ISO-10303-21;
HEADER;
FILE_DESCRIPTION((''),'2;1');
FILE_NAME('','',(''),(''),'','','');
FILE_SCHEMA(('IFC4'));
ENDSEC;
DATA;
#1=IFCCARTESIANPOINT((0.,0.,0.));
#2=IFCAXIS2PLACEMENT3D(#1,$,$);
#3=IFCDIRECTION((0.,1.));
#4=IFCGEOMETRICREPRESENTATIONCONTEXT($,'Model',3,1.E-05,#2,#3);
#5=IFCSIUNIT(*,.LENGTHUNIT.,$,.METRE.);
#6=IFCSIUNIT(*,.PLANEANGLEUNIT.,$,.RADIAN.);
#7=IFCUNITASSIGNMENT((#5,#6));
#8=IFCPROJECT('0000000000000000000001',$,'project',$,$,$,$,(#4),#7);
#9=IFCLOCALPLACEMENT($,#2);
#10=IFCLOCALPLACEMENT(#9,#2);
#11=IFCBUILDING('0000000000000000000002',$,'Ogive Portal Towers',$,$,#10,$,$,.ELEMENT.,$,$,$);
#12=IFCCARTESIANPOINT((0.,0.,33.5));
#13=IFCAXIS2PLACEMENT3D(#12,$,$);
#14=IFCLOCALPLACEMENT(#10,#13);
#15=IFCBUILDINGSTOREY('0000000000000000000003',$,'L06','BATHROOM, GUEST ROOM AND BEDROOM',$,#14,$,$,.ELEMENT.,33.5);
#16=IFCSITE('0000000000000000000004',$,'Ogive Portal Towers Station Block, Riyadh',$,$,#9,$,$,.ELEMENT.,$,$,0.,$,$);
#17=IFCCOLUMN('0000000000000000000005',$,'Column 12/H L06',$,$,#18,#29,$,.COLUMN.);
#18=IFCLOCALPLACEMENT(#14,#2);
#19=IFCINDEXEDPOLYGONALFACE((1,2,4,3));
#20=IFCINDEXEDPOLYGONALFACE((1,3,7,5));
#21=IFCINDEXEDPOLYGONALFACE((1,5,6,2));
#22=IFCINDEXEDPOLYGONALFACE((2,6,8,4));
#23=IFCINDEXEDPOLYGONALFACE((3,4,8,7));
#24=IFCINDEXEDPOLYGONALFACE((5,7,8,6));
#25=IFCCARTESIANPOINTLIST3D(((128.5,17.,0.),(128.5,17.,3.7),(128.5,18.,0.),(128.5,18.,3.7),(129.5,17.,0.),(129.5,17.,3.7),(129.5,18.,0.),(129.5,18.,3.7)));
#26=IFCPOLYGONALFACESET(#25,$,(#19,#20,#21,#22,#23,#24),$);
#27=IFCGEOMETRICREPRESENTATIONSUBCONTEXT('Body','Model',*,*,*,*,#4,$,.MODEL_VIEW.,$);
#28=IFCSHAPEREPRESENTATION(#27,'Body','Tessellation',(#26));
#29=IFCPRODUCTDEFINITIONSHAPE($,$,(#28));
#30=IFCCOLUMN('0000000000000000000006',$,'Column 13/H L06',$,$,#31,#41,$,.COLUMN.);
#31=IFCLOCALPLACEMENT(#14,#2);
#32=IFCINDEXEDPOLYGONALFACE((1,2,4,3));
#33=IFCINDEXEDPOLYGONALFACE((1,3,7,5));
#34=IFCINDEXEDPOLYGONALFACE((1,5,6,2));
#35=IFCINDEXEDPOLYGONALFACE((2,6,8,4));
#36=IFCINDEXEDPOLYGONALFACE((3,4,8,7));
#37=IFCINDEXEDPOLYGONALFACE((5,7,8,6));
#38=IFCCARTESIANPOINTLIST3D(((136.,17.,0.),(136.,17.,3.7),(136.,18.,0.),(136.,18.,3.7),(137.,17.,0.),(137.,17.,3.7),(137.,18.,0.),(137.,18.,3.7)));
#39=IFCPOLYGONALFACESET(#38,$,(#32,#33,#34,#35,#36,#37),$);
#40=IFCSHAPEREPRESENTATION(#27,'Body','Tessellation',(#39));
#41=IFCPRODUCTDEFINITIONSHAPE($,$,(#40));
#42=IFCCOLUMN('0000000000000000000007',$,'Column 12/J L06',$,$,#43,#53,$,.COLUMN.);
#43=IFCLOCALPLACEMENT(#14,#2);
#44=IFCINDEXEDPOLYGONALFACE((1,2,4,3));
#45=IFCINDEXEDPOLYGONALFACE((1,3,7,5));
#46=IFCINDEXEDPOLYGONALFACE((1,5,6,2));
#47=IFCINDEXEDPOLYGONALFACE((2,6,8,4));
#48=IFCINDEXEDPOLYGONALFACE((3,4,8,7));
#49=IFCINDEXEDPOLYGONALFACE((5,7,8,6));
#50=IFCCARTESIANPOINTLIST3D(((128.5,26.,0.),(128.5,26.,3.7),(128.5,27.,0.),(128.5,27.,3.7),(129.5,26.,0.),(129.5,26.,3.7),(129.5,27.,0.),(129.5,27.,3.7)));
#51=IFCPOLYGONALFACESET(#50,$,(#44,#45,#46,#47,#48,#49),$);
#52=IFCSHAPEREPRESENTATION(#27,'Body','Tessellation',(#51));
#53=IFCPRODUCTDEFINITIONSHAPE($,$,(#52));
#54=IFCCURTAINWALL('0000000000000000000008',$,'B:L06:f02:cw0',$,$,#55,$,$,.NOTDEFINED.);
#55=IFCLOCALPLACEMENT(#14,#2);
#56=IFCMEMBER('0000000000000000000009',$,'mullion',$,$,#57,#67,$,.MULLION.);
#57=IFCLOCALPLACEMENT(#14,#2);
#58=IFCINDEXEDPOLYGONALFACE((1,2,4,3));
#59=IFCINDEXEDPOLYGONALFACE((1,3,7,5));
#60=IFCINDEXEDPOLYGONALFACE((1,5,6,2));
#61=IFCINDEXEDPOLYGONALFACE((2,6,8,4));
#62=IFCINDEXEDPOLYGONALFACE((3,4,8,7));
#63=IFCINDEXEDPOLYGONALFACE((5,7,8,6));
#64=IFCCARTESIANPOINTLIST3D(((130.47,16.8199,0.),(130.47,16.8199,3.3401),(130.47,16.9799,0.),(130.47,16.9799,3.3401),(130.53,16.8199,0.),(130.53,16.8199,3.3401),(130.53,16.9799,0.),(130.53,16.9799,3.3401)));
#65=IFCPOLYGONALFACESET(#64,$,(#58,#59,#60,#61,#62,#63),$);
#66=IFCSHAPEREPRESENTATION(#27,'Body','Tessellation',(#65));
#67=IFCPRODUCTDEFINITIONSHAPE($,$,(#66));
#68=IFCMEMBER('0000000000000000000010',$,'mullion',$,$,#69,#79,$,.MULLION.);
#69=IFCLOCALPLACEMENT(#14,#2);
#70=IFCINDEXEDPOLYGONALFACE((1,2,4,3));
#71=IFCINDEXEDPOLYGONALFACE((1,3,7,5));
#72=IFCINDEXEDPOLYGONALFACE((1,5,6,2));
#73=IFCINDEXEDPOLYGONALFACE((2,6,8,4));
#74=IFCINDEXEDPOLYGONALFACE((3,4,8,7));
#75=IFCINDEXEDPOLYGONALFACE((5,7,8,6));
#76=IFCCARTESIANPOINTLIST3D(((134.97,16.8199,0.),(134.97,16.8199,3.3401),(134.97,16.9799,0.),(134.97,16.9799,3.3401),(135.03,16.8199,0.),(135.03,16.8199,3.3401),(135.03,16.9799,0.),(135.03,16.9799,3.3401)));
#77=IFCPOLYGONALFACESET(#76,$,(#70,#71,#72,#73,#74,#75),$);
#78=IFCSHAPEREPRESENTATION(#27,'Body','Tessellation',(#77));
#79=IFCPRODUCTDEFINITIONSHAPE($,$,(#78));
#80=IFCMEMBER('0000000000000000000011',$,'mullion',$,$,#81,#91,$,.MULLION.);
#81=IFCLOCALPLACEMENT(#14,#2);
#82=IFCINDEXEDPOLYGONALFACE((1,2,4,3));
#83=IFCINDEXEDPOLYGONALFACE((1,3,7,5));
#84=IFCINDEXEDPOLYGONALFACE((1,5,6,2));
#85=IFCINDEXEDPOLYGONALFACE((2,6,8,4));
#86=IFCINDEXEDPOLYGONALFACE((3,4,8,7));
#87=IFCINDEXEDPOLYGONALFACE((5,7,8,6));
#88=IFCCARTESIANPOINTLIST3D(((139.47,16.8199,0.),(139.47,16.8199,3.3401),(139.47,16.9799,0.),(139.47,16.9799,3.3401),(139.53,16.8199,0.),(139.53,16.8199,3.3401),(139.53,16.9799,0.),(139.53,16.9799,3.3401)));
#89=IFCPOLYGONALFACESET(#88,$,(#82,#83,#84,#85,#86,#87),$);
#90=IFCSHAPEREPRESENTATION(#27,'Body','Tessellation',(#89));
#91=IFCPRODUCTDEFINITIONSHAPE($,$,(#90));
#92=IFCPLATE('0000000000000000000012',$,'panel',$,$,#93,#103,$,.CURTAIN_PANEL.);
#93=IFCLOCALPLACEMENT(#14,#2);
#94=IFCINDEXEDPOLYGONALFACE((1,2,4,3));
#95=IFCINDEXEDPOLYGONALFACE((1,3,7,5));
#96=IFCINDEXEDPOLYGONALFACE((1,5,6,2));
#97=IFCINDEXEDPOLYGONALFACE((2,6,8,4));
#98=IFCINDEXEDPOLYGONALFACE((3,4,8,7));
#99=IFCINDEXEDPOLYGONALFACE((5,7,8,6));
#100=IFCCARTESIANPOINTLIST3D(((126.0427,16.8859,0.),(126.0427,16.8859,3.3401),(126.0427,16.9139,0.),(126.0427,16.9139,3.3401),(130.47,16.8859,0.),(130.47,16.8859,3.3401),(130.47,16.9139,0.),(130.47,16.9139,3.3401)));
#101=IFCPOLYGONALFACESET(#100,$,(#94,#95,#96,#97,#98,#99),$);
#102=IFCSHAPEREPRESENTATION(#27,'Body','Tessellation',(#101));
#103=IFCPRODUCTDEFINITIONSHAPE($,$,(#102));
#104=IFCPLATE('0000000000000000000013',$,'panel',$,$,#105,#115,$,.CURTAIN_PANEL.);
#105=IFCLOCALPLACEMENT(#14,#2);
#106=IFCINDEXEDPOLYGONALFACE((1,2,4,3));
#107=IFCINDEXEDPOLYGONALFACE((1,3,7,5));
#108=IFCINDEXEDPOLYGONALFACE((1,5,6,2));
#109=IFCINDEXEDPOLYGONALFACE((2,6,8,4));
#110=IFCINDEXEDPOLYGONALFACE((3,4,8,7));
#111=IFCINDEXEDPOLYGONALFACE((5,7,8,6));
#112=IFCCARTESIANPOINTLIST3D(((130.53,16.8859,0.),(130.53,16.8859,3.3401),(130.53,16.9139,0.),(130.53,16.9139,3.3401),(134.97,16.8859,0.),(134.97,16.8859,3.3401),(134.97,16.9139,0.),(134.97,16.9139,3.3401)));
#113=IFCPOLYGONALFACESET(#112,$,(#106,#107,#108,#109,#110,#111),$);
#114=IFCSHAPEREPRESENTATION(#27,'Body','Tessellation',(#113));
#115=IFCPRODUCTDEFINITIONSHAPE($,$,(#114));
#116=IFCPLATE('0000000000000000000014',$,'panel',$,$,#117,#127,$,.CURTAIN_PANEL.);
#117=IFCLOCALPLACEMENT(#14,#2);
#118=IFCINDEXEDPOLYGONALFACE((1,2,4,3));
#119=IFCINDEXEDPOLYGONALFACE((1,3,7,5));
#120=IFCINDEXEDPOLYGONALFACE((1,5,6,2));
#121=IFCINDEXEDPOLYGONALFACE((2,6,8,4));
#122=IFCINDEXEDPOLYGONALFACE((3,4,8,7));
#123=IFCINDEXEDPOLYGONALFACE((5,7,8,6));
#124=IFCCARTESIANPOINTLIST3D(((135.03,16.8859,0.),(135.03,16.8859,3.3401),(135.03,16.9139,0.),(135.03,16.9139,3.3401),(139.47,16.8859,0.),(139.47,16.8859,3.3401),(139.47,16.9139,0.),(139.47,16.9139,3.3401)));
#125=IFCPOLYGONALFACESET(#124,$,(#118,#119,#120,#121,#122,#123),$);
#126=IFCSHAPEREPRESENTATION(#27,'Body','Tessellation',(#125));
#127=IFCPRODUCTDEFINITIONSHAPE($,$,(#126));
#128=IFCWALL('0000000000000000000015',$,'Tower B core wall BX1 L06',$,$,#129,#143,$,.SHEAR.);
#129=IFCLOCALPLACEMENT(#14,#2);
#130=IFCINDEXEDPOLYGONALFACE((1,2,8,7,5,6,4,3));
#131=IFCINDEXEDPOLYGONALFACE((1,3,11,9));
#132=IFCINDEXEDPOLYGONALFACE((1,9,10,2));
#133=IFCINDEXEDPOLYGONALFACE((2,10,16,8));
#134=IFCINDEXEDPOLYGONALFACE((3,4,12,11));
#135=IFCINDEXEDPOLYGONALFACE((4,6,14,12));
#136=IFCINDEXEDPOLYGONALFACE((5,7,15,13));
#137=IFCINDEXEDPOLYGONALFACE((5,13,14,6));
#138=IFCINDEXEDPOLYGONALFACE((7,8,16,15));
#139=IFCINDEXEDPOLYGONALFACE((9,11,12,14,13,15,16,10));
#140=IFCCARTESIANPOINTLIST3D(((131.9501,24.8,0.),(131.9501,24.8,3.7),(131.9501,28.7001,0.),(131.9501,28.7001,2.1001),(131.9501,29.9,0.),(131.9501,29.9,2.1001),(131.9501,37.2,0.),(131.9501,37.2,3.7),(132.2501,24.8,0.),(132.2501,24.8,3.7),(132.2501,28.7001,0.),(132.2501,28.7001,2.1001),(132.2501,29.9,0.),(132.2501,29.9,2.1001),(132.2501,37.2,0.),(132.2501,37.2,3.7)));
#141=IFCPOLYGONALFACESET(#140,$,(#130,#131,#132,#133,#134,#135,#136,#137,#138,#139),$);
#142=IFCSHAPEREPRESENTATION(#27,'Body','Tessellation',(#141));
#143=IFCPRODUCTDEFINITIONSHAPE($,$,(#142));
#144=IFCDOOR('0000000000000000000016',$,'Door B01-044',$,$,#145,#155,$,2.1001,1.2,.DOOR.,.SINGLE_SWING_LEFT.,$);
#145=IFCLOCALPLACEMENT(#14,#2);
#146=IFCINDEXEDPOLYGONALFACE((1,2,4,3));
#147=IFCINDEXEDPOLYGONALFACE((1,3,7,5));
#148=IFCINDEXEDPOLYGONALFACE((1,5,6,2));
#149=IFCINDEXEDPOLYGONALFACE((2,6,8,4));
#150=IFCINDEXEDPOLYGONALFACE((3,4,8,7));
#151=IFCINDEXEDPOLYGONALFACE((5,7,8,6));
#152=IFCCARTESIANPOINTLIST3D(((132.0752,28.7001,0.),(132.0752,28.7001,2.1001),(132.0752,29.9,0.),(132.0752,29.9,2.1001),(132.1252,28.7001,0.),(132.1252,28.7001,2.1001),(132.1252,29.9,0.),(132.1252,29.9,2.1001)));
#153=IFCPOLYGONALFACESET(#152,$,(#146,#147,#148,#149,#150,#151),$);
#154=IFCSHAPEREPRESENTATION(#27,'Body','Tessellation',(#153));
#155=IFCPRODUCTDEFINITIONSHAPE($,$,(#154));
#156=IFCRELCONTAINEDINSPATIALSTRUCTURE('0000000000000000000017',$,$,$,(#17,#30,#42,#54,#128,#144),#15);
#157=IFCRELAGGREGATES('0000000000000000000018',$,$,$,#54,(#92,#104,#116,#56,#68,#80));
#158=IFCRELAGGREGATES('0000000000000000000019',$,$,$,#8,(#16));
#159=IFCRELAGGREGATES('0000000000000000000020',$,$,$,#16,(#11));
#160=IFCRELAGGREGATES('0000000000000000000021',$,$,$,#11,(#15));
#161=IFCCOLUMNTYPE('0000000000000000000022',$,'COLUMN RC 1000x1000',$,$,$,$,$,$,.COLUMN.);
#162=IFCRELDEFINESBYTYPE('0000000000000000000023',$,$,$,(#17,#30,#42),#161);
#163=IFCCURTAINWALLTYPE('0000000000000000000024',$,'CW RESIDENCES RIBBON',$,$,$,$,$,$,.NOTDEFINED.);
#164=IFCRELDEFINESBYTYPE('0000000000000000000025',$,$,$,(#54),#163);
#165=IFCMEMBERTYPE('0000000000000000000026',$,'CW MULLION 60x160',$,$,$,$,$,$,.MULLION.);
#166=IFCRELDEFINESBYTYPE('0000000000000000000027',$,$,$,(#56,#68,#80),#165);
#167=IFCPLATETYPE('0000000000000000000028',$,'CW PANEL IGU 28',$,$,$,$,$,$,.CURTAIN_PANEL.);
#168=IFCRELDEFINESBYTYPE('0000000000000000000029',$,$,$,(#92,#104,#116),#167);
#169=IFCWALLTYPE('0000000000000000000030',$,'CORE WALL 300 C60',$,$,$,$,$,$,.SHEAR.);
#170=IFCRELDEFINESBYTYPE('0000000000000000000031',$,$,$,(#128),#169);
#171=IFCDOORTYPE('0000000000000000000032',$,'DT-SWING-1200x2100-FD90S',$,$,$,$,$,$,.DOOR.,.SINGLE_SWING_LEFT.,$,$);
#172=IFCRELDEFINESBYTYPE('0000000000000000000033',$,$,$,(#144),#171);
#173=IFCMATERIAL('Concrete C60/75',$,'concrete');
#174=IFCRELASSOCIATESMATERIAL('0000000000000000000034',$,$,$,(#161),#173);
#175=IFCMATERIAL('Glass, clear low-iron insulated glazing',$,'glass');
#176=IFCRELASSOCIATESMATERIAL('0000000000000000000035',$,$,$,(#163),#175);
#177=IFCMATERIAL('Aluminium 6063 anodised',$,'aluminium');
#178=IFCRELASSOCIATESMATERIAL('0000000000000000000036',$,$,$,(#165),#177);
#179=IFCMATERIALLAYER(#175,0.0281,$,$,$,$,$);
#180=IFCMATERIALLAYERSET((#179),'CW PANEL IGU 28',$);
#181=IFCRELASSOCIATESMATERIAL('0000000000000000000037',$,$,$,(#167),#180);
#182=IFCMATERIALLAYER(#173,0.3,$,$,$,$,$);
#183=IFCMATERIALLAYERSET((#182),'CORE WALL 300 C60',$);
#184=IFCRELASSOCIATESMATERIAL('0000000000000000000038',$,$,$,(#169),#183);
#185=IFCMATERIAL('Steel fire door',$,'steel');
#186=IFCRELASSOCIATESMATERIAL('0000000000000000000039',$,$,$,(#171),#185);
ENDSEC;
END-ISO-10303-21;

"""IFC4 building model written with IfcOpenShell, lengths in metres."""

from ifc_helpers import new_model, si_unit, direction, frame, frame_2d, origin, origin_2d, place, context, subcontext, project, spatial, rectangle, extrude, material, layer, layer_set, material_profile, profile_set, type_object, element, fill, aggregate, save


model = new_model("IFC4")

# Units and contexts
model_context = context("Model", 3, precision=1e-05, world=origin(), true_north=direction((0.0, 1.0)))
body_context = subcontext(model_context, "Body", "Model", "MODEL_VIEW")
ifc_project = project(units=[si_unit("LENGTHUNIT", "METRE"), si_unit("PLANEANGLEUNIT", "RADIAN")], contexts=[model_context])

# Site, building, storey
site_placement = place(None, origin())
site = spatial("IfcSite", under=ifc_project, at=site_placement, Name="Ogive Portal Towers Station Block, Riyadh", CompositionType="ELEMENT", RefElevation=0.0)
building_placement = place(site_placement, origin())
building = spatial("IfcBuilding", under=site, at=building_placement, Name="Ogive Portal Towers", CompositionType="ELEMENT")
storey_placement = place(building_placement, frame((0.0, 0.0, 33.5)))
storey = spatial("IfcBuildingStorey", under=building, at=storey_placement, Name="L06", Description="BATHROOM, GUEST ROOM AND BEDROOM", CompositionType="ELEMENT", Elevation=33.5)

# Columns
ifc_material_1 = material(Name="Concrete C60/75", Category="concrete")
ifc_material_profile_1 = material_profile(ifc_material_1, rectangle(XDim=1.0, YDim=1.0, at=origin_2d()), Name="RC 1000x1000")
ifc_profile_set_1 = profile_set([ifc_material_profile_1], Name="Concrete C60/75")
column_type = type_object("IfcColumnType", Name="COLUMN RC 1000x1000", PredefinedType="COLUMN", material=ifc_profile_set_1)
for number, where, z_axis, x_axis, name in (
    (1, (129.0, 17.5, 0.0), (0.0, 0.0, 1.0), (1.0, 0.0, 0.0), "Column 12/H L06"),
    (2, (136.5, 17.5, 0.0), (0.0, 0.0, 1.0), (1.0, 0.0, 0.0), "Column 13/H L06"),
    (3, (129.0, 26.5, 0.0), (0.0, 0.0, 1.0), (1.0, 0.0, 0.0), "Column 12/J L06"),
):
    element("IfcColumn", number, at=place(storey_placement, frame(where, z_axis=z_axis, x_axis=x_axis)), inside=storey, type_object=column_type, Name=name, PredefinedType="COLUMN", context=body_context, shape_type="SweptSolid", body=[
        extrude(rectangle(XDim=1.0, YDim=1.0, at=origin_2d()), origin(), (0.0, 0.0, 1.0), 3.7),
    ])

# Curtain wall, members, plates
ifc_material_2 = material(Name="Glass, clear low-iron insulated glazing", Category="glass")
curtain_wall_type = type_object("IfcCurtainWallType", Name="CW RESIDENCES RIBBON", PredefinedType="NOTDEFINED", material=ifc_material_2)
curtain_wall_placement = place(storey_placement, origin())
curtain_wall = element("IfcCurtainWall", 4, at=curtain_wall_placement, inside=storey, type_object=curtain_wall_type, Name="B:L06:f02:cw0", PredefinedType="NOTDEFINED")
ifc_material_3 = material(Name="Aluminium 6063 anodised", Category="aluminium")
ifc_material_profile_2 = material_profile(ifc_material_3, rectangle(XDim=0.1599, YDim=0.0601, at=origin_2d()), Name="AL 60x160")
ifc_profile_set_2 = profile_set([ifc_material_profile_2], Name="Aluminium 6063 anodised")
member_type = type_object("IfcMemberType", Name="CW MULLION 60x160", PredefinedType="MULLION", material=ifc_profile_set_2)
member_1_placement = place(storey_placement, frame((130.5, 16.8999, 0.0), z_axis=(0.0, 0.0, 1.0), x_axis=(0.0, 1.0, 0.0)))
member_1 = element("IfcMember", 5, at=member_1_placement, type_object=member_type, Name="mullion", PredefinedType="MULLION", context=body_context, shape_type="SweptSolid", body=[
    extrude(rectangle(XDim=0.1599, YDim=0.0601, at=origin_2d()), origin(), (0.0, 0.0, 1.0), 3.3401),
])
member_2_placement = place(storey_placement, frame((135.0, 16.8999, 0.0), z_axis=(0.0, 0.0, 1.0), x_axis=(0.0, 1.0, 0.0)))
member_2 = element("IfcMember", 6, at=member_2_placement, type_object=member_type, Name="mullion", PredefinedType="MULLION", context=body_context, shape_type="SweptSolid", body=[
    extrude(rectangle(XDim=0.1599, YDim=0.0601, at=origin_2d()), origin(), (0.0, 0.0, 1.0), 3.3401),
])
member_3_placement = place(storey_placement, frame((139.5, 16.8999, 0.0), z_axis=(0.0, 0.0, 1.0), x_axis=(0.0, 1.0, 0.0)))
member_3 = element("IfcMember", 7, at=member_3_placement, type_object=member_type, Name="mullion", PredefinedType="MULLION", context=body_context, shape_type="SweptSolid", body=[
    extrude(rectangle(XDim=0.1599, YDim=0.0601, at=origin_2d()), origin(), (0.0, 0.0, 1.0), 3.3401),
])
ifc_layer_1 = layer(ifc_material_2, 0.0281)
ifc_layer_set_1 = layer_set([ifc_layer_1], Name="CW PANEL IGU 28")
plate_type = type_object("IfcPlateType", Name="CW PANEL IGU 28", PredefinedType="CURTAIN_PANEL", material=ifc_layer_set_1)
plate_1_placement = place(storey_placement, frame((128.2563, 16.8999, 0.0), z_axis=(0.0, 0.0, 1.0), x_axis=(1.0, 0.0, 0.0)))
plate_1 = element("IfcPlate", 8, at=plate_1_placement, type_object=plate_type, Name="panel", PredefinedType="CURTAIN_PANEL", context=body_context, shape_type="SweptSolid", body=[
    extrude(rectangle(XDim=4.4272, YDim=0.0281, at=origin_2d()), origin(), (0.0, 0.0, 1.0), 3.3401),
])
plate_2_placement = place(storey_placement, frame((132.75, 16.8999, 0.0), z_axis=(0.0, 0.0, 1.0), x_axis=(1.0, 0.0, 0.0)))
plate_2 = element("IfcPlate", 9, at=plate_2_placement, type_object=plate_type, Name="panel", PredefinedType="CURTAIN_PANEL", context=body_context, shape_type="SweptSolid", body=[
    extrude(rectangle(XDim=4.4399, YDim=0.0281, at=origin_2d()), origin(), (0.0, 0.0, 1.0), 3.3401),
])
plate_3_placement = place(storey_placement, frame((137.25, 16.8999, 0.0), z_axis=(0.0, 0.0, 1.0), x_axis=(1.0, 0.0, 0.0)))
plate_3 = element("IfcPlate", 10, at=plate_3_placement, type_object=plate_type, Name="panel", PredefinedType="CURTAIN_PANEL", context=body_context, shape_type="SweptSolid", body=[
    extrude(rectangle(XDim=4.4399, YDim=0.0281, at=origin_2d()), origin(), (0.0, 0.0, 1.0), 3.3401),
])
aggregate(curtain_wall, [plate_1, plate_2, plate_3, member_1, member_2, member_3])

# Wall, opening, door
ifc_layer_2 = layer(ifc_material_1, 0.3)
ifc_layer_set_2 = layer_set([ifc_layer_2], Name="CORE WALL 300 C60")
wall_type_1 = type_object("IfcWallType", Name="CORE WALL 300 C60", PredefinedType="SHEAR", material=ifc_layer_set_2)
wall_1_placement = place(storey_placement, frame((132.1001, 24.8, 0.0), z_axis=(0.0, 0.0, 1.0), x_axis=(0.0, 1.0, 0.0)))
wall_1 = element("IfcWall", 11, at=wall_1_placement, inside=storey, type_object=wall_type_1, Name="Tower B core wall BX1 L06", PredefinedType="SHEAR", context=body_context, shape_type="SweptSolid", body=[
    extrude(rectangle(XDim=12.3999, YDim=0.3, at=frame_2d((6.2, 0.0))), origin(), (0.0, 0.0, 1.0), 3.7),
])
opening_1_placement = place(wall_1_placement, frame((3.8999, 0.0, 0.0)))
opening_1 = element("IfcOpeningElement", 12, at=opening_1_placement, cuts=wall_1, PredefinedType="OPENING", context=body_context, shape_type="SweptSolid", body=[
    extrude(rectangle(XDim=1.2, YDim=2.1001, at=frame_2d((0.6001, 1.05))), frame((0.0, 0.1602, 0.0), z_axis=(0.0, -1.0, 0.0), x_axis=(1.0, 0.0, 0.0)), (0.0, 0.0, 1.0), 0.3201),
])
ifc_material_4 = material(Name="Steel fire door", Category="steel")
door_type_1 = type_object("IfcDoorType", Name="DT-SWING-1200x2100-FD90S", OperationType="SINGLE_SWING_LEFT", PredefinedType="DOOR", material=ifc_material_4)
door_1_placement = place(opening_1_placement, origin())
door_1 = element("IfcDoor", 13, at=door_1_placement, inside=storey, type_object=door_type_1, Name="Door B01-044", OperationType="SINGLE_SWING_LEFT", OverallHeight=2.1001, OverallWidth=1.2, PredefinedType="DOOR", context=body_context, shape_type="SweptSolid", body=[
    extrude(rectangle(XDim=1.2, YDim=2.1001, at=frame_2d((0.6001, 1.05))), frame((0.0, 0.0249, 0.0), z_axis=(0.0, -1.0, 0.0), x_axis=(1.0, 0.0, 0.0)), (0.0, 0.0, 1.0), 0.05),
])
fill(opening_1, door_1)

save(model, "model.ifc")
